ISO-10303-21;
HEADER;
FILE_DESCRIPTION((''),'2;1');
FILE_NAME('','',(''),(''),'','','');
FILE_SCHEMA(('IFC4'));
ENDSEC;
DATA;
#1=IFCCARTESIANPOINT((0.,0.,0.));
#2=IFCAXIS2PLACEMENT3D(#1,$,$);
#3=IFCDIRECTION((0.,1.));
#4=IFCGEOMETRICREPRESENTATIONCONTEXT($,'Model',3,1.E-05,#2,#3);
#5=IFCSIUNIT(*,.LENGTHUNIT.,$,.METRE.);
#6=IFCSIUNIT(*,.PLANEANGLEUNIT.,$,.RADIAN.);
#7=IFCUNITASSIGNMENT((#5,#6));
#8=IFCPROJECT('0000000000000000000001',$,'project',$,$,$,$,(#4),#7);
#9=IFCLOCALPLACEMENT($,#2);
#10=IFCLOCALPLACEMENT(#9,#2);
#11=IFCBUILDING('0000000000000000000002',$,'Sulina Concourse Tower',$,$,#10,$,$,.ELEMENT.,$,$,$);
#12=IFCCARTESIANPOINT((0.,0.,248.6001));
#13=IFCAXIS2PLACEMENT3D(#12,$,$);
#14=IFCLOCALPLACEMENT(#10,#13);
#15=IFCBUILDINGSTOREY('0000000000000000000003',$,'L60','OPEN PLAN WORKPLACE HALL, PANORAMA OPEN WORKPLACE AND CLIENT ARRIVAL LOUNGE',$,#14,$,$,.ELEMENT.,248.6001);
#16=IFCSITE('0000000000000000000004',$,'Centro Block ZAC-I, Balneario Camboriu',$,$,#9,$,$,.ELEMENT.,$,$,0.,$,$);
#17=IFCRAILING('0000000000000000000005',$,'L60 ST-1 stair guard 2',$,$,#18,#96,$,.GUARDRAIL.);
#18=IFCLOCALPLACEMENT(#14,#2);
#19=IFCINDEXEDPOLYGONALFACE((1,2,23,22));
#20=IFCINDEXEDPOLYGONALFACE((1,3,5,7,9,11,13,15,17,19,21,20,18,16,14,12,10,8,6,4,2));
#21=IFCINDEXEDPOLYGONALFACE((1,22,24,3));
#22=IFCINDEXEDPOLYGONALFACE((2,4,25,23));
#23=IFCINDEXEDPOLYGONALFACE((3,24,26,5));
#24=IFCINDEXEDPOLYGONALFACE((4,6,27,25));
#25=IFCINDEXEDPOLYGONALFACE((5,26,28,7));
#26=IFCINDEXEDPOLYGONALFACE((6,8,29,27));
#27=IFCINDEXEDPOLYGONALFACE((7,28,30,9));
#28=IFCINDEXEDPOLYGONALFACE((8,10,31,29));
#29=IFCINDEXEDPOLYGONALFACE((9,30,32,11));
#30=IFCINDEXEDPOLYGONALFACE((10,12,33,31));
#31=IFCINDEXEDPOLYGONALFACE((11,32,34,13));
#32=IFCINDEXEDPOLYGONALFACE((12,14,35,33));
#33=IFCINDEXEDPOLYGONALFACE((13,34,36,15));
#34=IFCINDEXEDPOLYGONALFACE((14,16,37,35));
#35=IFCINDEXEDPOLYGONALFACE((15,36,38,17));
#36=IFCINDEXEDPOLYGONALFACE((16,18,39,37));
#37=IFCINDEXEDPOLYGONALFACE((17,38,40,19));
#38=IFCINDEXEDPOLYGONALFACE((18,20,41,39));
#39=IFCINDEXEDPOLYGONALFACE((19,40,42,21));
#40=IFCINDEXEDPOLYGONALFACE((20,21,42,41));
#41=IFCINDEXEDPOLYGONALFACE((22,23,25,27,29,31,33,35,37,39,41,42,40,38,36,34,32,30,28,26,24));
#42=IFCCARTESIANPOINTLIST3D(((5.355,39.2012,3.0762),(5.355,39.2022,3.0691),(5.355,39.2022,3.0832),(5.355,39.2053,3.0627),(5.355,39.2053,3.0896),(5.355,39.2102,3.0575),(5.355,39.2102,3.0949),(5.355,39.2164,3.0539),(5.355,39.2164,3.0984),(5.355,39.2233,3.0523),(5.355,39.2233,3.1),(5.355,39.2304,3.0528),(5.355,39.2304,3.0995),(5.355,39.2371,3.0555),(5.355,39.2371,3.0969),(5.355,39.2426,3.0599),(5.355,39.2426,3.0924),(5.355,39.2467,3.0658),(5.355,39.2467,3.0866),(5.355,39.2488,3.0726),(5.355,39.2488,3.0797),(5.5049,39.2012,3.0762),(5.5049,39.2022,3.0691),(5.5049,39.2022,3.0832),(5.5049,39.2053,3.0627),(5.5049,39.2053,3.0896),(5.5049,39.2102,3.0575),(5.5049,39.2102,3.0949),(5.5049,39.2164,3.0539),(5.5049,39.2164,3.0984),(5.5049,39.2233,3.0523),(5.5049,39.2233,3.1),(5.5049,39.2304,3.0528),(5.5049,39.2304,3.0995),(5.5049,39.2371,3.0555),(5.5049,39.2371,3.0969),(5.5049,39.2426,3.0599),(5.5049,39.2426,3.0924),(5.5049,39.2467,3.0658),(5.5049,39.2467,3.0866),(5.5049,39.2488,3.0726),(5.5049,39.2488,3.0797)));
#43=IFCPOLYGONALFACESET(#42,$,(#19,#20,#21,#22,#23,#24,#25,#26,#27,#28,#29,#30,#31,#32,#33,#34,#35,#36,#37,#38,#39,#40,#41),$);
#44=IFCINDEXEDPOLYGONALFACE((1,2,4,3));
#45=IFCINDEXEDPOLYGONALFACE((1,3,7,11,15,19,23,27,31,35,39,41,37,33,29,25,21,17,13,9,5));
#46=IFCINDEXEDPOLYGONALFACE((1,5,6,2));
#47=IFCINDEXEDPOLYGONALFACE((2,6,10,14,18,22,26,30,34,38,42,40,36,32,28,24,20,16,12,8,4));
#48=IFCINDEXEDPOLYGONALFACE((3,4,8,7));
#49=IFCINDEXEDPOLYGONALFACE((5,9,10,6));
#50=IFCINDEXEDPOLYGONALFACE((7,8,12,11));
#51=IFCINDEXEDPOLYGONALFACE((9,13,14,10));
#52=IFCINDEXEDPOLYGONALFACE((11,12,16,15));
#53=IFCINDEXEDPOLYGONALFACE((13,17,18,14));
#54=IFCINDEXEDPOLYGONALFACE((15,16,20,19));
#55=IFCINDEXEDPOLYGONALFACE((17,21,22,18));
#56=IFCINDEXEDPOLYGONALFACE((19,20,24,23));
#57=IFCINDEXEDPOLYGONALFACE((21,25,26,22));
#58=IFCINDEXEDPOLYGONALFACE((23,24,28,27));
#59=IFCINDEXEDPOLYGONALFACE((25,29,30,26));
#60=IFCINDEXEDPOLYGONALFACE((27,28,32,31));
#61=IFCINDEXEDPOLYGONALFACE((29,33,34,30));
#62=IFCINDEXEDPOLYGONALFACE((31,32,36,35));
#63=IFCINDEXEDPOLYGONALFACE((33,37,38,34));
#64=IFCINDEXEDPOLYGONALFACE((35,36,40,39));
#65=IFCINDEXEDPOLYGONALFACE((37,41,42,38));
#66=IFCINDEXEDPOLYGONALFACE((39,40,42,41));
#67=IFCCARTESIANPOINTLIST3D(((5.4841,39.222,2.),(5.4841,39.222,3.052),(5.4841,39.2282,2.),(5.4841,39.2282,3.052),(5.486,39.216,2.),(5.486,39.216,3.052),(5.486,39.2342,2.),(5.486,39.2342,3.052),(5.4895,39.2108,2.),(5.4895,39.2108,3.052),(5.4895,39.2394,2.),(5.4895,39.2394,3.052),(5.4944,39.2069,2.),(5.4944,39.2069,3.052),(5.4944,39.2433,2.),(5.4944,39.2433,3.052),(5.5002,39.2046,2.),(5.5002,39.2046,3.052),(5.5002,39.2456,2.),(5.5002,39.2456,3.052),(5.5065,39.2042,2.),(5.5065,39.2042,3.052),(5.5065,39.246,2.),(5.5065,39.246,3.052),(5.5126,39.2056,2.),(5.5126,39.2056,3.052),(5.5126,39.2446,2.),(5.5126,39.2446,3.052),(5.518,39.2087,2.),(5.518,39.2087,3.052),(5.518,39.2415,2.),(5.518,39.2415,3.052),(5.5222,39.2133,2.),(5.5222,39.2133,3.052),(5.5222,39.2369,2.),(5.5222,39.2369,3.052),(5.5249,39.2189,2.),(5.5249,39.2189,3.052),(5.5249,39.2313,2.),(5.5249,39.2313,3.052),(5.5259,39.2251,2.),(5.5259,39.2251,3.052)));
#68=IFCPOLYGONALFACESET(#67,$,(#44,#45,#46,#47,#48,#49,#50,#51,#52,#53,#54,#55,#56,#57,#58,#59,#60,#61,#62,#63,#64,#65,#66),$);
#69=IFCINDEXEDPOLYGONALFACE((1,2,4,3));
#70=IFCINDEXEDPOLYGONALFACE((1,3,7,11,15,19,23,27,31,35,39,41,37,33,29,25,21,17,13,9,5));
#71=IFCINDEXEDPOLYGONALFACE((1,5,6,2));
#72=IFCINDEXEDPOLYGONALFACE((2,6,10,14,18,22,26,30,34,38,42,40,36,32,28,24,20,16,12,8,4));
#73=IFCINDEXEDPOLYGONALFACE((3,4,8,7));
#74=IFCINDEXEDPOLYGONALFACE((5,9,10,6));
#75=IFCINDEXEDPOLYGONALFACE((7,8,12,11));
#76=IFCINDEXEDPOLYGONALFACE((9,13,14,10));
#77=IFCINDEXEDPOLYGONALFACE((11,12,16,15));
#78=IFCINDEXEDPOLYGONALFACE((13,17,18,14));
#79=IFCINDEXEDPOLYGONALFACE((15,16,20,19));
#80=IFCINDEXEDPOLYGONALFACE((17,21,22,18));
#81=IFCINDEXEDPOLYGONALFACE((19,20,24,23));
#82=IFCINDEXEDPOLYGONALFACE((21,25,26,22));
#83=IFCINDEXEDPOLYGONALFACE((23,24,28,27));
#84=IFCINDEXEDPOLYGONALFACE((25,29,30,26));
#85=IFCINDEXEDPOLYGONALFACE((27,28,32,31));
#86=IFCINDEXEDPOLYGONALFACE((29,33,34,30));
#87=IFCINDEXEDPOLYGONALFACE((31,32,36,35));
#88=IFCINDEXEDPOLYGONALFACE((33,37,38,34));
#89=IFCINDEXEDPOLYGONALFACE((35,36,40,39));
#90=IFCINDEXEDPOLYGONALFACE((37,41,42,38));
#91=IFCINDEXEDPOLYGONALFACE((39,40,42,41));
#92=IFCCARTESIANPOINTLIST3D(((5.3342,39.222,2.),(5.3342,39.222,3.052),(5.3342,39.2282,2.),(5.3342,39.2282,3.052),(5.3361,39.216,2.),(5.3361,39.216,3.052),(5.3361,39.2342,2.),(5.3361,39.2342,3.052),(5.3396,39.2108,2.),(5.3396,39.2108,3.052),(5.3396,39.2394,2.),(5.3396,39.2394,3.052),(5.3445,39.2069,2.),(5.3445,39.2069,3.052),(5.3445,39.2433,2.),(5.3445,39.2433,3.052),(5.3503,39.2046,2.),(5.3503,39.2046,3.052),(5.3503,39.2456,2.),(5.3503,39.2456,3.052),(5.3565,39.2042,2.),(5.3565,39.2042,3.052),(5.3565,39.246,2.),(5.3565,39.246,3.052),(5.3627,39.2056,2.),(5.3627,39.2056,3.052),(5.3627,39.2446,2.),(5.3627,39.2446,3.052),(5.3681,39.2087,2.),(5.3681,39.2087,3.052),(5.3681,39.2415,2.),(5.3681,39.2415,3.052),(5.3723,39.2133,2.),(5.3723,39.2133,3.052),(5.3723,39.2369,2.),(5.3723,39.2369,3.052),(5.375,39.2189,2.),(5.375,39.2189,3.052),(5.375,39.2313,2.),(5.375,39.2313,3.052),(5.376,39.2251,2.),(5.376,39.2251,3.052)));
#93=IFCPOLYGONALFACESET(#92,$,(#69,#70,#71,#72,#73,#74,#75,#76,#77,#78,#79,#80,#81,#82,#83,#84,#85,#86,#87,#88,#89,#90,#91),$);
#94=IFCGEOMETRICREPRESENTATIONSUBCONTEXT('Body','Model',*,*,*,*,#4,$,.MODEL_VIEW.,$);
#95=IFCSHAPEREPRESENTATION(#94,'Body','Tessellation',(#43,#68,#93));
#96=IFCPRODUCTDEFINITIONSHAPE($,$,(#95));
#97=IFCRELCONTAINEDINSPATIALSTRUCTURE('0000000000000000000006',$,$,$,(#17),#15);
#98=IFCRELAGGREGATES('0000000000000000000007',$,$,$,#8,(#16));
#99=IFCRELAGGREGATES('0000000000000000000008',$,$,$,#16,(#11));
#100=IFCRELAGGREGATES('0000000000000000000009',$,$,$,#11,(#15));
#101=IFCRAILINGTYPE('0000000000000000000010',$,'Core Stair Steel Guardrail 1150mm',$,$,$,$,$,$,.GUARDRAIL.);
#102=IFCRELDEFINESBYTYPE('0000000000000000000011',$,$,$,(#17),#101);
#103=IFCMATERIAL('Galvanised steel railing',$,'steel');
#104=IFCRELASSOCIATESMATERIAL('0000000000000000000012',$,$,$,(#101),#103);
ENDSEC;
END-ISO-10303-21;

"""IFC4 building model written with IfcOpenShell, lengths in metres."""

from ifc_helpers import new_model, si_unit, direction, frame, origin, origin_2d, place, context, subcontext, project, spatial, circle, extrude, material, type_object, element, save


model = new_model("IFC4")

# Units and contexts
model_context = context("Model", 3, precision=1e-05, world=origin(), true_north=direction((0.0, 1.0)))
body_context = subcontext(model_context, "Body", "Model", "MODEL_VIEW")
ifc_project = project(units=[si_unit("LENGTHUNIT", "METRE"), si_unit("PLANEANGLEUNIT", "RADIAN")], contexts=[model_context])

# Site, building, storey
site_placement = place(None, origin())
site = spatial("IfcSite", under=ifc_project, at=site_placement, Name="Centro Block ZAC-I, Balneario Camboriu", CompositionType="ELEMENT", RefElevation=0.0)
building_placement = place(site_placement, origin())
building = spatial("IfcBuilding", under=site, at=building_placement, Name="Sulina Concourse Tower", CompositionType="ELEMENT")
storey_placement = place(building_placement, frame((0.0, 0.0, 248.6001)))
storey = spatial("IfcBuildingStorey", under=building, at=storey_placement, Name="L60", Description="OPEN PLAN WORKPLACE HALL, PANORAMA OPEN WORKPLACE AND CLIENT ARRIVAL LOUNGE", CompositionType="ELEMENT", Elevation=248.6001)

# Railing
ifc_material_1 = material(Name="Galvanised steel railing", Category="steel")
railing_type_1 = type_object("IfcRailingType", Name="Core Stair Steel Guardrail 1150mm", PredefinedType="GUARDRAIL", material=ifc_material_1)
railing_1_placement = place(storey_placement, frame((5.5049, 39.2251, 2.0)))
element("IfcRailing", 1, at=railing_1_placement, inside=storey, type_object=railing_type_1, Name="L60 ST-1 stair guard 2", PredefinedType="GUARDRAIL", context=body_context, shape_type="SweptSolid", body=[
    extrude(circle(Radius=0.0239, at=origin_2d()), frame((0.0, 0.0, 1.0762), z_axis=(-1.0, 0.0, 0.0), x_axis=(0.0, -1.0, 0.0)), (0.0, 0.0, 1.0), 0.1499),
    extrude(circle(Radius=0.021, at=origin_2d()), origin(), (0.0, 0.0, 1.0), 1.052),
    extrude(circle(Radius=0.021, at=origin_2d()), frame((-0.1499, 0.0, 0.0)), (0.0, 0.0, 1.0), 1.052),
])

save(model, "model.ifc")
